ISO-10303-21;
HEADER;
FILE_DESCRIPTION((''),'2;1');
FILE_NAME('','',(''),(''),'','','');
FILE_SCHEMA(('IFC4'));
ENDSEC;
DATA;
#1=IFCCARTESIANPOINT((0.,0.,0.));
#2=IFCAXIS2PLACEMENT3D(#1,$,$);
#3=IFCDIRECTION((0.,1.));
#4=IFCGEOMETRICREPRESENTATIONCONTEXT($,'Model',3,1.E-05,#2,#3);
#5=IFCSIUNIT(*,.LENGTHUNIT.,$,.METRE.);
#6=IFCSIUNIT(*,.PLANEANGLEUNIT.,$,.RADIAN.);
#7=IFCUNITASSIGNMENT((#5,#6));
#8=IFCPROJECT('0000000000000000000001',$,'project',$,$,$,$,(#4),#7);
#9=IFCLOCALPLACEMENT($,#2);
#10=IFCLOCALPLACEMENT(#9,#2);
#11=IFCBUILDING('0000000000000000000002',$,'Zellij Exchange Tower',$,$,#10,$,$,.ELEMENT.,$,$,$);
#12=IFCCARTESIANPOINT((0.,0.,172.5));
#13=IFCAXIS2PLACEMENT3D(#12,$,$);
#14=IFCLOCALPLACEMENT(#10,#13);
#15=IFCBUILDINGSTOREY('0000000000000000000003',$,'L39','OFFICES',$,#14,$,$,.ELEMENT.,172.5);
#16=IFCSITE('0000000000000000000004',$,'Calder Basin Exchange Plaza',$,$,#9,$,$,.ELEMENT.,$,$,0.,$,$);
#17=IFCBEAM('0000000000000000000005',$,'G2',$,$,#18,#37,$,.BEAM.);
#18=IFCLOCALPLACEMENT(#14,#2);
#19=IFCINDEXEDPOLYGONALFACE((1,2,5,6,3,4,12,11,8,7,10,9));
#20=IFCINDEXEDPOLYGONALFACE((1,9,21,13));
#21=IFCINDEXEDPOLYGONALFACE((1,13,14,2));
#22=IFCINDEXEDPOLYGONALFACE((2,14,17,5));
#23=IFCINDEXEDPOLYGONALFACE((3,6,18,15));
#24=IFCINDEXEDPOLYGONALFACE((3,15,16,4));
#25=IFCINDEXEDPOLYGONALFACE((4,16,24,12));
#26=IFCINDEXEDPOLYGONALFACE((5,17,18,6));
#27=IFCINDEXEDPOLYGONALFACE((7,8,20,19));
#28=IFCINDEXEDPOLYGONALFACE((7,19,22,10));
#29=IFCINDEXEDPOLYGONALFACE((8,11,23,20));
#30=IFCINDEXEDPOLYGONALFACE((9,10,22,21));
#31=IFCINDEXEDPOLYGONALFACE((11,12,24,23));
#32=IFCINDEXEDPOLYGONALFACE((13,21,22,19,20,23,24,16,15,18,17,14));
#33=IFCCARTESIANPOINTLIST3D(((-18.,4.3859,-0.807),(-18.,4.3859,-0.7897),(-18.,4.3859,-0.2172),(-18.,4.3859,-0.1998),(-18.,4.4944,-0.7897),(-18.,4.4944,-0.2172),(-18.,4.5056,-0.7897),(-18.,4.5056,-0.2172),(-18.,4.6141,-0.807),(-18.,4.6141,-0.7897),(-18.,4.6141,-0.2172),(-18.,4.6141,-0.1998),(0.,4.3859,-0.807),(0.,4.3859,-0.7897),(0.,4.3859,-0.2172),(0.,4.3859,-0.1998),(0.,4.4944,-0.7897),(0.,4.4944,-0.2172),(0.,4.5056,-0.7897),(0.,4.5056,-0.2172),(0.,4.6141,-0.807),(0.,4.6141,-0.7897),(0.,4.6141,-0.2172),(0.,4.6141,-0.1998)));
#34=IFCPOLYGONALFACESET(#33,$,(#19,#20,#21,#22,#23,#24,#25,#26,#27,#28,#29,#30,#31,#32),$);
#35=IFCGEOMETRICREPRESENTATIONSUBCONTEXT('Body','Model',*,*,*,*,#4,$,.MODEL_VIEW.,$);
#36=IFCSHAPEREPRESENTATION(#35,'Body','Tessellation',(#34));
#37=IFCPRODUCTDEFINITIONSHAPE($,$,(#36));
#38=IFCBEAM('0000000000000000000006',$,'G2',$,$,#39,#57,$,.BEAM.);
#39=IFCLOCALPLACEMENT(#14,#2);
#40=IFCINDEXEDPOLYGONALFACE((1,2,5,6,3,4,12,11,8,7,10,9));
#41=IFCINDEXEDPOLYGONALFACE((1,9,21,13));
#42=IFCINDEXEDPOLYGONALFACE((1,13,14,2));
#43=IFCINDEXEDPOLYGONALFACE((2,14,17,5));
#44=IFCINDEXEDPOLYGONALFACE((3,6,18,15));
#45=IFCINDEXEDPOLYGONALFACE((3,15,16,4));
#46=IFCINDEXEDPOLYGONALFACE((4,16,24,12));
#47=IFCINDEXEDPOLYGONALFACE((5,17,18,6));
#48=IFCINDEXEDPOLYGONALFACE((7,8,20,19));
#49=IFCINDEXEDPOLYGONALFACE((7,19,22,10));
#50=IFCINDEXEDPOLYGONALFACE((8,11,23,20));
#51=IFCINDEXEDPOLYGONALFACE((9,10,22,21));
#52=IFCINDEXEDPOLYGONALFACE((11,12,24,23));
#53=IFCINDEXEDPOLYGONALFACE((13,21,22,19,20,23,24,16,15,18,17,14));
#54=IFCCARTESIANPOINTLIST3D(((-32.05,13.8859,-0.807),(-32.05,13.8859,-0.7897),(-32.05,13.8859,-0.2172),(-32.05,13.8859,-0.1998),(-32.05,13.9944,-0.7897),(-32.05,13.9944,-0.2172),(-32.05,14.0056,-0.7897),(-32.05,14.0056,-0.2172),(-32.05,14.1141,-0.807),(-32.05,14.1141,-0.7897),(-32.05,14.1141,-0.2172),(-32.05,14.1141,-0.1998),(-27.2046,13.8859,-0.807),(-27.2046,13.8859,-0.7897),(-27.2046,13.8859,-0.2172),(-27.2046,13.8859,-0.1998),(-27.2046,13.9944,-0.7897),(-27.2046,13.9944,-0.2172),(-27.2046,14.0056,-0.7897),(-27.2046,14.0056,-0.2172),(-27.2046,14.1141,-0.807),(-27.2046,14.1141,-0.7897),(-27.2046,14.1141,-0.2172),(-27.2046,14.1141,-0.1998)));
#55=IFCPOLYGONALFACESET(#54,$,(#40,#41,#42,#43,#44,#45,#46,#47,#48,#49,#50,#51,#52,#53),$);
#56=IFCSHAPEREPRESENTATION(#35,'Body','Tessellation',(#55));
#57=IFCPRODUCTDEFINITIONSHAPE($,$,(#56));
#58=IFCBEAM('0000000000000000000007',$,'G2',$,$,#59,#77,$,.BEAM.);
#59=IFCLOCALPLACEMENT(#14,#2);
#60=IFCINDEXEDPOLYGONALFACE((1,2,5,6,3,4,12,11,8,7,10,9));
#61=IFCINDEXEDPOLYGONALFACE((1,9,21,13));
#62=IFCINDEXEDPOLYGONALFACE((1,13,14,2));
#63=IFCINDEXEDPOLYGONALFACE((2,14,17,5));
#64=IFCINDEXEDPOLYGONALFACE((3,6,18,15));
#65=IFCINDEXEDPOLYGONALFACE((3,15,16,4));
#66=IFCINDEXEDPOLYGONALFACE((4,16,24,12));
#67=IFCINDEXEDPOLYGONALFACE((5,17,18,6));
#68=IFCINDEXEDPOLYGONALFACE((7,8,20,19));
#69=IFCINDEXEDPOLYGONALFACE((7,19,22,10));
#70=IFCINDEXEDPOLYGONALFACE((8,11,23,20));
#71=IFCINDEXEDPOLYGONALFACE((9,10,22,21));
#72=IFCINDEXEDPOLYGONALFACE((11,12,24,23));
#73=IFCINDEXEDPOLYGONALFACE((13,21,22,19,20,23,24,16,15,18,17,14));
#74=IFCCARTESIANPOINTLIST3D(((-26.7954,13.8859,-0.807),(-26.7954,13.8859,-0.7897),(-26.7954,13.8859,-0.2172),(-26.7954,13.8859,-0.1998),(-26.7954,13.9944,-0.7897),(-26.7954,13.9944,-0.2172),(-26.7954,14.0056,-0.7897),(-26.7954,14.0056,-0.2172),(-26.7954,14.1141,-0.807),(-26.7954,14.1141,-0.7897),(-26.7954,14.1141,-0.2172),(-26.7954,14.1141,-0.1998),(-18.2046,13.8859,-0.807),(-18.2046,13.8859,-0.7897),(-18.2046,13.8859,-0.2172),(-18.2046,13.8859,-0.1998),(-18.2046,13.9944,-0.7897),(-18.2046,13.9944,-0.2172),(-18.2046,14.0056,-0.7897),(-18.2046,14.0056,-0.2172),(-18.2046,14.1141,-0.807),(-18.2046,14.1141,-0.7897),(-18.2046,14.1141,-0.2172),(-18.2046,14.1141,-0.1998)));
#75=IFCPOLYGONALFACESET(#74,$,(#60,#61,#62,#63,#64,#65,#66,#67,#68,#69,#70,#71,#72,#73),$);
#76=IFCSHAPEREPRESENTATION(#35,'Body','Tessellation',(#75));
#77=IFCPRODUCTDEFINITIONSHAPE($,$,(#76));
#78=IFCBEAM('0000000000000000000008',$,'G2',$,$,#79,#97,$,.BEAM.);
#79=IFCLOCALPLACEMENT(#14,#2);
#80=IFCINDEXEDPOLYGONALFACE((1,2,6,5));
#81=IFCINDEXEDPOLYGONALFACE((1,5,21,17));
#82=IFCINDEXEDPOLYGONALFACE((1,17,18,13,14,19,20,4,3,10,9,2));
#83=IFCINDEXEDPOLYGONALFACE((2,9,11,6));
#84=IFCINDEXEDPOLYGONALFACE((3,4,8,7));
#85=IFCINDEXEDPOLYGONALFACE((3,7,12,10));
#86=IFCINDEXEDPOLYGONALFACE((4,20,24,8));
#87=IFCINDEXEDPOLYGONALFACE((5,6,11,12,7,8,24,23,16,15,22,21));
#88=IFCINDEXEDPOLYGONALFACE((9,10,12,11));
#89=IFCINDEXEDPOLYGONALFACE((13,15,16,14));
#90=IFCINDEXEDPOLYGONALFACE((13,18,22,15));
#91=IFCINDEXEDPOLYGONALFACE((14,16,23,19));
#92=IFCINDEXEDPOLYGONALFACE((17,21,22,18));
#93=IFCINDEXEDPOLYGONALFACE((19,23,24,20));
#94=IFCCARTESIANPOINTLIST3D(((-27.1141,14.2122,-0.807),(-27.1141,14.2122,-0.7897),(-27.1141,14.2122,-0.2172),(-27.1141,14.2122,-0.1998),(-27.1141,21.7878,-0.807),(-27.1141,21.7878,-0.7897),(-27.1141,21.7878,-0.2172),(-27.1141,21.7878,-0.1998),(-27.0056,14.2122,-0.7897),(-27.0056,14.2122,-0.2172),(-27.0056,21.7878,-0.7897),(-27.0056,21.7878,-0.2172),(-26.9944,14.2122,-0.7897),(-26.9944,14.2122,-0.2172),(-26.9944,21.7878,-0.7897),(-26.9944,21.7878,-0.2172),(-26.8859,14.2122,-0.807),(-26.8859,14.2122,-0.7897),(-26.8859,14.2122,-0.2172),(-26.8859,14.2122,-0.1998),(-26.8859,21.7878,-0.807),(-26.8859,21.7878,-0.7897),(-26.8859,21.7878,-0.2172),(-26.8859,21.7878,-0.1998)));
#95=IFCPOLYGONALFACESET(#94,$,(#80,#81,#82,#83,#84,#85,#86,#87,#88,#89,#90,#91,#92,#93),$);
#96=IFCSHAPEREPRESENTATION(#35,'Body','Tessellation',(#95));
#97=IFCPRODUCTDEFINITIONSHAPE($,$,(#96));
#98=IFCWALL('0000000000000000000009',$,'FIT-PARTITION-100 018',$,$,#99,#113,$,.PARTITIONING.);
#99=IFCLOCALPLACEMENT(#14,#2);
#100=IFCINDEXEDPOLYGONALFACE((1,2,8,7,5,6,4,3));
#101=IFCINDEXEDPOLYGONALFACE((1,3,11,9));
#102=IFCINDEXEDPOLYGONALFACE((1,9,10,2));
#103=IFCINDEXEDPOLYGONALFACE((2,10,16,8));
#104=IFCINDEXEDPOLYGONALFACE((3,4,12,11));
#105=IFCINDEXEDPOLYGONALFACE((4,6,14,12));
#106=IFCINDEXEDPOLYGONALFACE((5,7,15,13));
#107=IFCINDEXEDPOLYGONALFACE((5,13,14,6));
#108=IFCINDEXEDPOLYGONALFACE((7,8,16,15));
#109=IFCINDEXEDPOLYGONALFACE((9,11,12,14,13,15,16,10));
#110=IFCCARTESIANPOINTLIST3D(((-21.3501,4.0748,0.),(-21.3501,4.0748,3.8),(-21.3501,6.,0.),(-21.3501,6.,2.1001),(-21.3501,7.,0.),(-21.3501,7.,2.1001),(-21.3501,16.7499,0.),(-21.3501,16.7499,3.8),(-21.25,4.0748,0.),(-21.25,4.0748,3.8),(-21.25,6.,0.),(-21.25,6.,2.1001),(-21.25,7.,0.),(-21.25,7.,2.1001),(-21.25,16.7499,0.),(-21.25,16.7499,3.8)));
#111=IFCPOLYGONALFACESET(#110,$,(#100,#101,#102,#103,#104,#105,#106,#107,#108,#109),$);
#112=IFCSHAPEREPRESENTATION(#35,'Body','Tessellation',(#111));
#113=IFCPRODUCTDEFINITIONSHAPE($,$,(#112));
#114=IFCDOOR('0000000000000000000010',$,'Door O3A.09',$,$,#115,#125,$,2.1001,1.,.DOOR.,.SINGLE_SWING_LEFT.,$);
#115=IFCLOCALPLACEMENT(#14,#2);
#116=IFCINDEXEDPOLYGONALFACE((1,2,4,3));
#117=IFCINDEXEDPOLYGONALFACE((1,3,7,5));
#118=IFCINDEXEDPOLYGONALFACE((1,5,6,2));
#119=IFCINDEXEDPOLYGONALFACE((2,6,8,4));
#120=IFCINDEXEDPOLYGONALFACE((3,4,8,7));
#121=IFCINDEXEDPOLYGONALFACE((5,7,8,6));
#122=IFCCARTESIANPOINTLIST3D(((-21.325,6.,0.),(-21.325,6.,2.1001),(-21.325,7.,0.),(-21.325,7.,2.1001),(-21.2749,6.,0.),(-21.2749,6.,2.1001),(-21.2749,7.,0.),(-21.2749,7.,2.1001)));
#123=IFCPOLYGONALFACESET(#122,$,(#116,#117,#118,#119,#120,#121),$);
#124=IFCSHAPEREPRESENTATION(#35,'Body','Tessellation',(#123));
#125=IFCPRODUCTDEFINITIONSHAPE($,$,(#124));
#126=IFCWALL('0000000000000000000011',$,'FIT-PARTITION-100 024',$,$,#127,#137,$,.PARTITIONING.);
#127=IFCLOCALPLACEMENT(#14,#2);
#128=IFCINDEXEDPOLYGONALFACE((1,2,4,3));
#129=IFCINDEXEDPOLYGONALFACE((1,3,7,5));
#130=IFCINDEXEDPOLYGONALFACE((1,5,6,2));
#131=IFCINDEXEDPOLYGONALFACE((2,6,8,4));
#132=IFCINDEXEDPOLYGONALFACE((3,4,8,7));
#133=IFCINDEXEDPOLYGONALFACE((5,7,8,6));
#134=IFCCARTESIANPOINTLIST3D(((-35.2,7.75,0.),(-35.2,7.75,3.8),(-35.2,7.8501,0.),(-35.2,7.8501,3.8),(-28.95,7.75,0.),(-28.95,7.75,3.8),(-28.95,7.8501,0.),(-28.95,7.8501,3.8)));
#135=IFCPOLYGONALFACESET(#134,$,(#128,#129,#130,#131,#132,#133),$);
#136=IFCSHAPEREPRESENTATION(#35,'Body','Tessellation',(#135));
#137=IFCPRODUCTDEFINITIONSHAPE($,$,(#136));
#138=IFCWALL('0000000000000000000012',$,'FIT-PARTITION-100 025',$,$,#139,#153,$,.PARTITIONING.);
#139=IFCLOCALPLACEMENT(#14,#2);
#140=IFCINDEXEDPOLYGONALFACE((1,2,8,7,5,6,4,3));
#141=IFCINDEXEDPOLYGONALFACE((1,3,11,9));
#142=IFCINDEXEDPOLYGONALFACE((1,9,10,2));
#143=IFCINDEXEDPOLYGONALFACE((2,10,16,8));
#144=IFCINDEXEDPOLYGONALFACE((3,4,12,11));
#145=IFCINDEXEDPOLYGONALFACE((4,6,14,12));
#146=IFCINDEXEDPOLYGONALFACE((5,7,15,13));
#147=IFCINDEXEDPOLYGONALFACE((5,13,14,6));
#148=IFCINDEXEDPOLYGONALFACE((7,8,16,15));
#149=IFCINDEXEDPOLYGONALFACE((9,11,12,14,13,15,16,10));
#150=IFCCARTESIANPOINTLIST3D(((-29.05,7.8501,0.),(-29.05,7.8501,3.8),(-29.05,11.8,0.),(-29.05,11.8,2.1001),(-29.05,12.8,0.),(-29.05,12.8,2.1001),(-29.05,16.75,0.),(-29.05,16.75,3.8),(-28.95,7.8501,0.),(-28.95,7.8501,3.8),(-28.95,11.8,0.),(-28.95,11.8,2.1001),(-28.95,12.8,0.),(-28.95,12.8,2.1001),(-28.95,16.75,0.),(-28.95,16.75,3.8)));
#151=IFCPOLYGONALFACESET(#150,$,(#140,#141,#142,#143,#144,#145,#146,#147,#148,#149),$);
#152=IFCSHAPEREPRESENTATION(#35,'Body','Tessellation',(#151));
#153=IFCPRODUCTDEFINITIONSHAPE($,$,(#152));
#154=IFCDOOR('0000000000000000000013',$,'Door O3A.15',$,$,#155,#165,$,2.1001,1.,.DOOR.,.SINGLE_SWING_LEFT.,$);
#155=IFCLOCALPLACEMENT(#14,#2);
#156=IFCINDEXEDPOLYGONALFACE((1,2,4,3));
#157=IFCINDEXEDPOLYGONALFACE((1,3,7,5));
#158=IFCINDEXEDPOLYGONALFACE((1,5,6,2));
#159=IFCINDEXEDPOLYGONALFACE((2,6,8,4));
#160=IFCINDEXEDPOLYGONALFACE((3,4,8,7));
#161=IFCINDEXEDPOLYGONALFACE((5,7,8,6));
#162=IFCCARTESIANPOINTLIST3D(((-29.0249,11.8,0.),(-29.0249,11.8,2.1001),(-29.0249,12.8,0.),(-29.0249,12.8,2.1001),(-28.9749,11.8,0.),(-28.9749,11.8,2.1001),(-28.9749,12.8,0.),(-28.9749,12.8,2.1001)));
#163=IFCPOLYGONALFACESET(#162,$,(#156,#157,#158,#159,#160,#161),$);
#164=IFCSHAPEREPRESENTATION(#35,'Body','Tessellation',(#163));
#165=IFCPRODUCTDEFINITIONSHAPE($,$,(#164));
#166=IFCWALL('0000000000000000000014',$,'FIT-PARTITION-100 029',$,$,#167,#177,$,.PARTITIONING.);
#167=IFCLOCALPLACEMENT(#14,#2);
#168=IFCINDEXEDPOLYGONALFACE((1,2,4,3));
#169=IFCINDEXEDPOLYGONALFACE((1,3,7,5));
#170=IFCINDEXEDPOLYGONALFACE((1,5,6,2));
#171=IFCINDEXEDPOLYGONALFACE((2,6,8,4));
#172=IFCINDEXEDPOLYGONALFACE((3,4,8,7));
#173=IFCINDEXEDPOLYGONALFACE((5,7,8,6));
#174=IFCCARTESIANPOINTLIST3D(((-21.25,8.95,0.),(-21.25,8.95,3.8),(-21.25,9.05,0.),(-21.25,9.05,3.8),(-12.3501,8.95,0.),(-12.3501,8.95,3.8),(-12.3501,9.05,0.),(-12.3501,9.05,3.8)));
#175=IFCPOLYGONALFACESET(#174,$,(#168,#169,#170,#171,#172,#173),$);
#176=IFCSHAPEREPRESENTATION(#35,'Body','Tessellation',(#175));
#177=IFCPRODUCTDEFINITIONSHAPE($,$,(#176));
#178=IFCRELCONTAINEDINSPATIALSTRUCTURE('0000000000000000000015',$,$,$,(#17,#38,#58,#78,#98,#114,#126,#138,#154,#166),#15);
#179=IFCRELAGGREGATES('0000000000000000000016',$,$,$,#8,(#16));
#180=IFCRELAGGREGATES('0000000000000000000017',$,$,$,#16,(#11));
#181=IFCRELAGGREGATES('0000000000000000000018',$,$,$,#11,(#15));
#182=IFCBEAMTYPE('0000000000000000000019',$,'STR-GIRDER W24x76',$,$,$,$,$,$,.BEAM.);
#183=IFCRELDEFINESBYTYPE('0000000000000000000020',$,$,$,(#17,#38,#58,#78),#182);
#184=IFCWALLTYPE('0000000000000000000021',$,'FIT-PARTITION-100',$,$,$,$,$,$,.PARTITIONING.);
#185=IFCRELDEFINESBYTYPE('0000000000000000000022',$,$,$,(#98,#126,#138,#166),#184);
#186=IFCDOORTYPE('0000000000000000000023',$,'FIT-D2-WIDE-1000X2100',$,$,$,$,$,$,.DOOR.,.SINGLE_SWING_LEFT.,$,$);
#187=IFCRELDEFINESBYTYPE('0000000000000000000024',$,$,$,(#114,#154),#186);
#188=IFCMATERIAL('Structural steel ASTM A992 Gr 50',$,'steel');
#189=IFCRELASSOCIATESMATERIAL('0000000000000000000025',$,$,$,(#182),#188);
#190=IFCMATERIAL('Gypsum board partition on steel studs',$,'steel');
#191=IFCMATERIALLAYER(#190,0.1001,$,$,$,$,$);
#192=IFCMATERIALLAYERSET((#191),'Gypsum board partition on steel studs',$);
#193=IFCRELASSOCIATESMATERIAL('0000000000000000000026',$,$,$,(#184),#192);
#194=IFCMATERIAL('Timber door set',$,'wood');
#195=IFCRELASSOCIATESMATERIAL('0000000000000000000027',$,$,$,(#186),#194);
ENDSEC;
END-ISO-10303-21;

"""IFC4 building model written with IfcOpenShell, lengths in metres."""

from ifc_helpers import new_model, si_unit, direction, frame, frame_2d, origin, origin_2d, place, context, subcontext, project, spatial, rectangle, i_section, extrude, material, layer, layer_set, material_profile, profile_set, type_object, element, fill, save


model = new_model("IFC4")

# Units and contexts
model_context = context("Model", 3, precision=1e-05, world=origin(), true_north=direction((0.0, 1.0)))
body_context = subcontext(model_context, "Body", "Model", "MODEL_VIEW")
ifc_project = project(units=[si_unit("LENGTHUNIT", "METRE"), si_unit("PLANEANGLEUNIT", "RADIAN")], contexts=[model_context])

# Site, building, storey
site_placement = place(None, origin())
site = spatial("IfcSite", under=ifc_project, at=site_placement, Name="Calder Basin Exchange Plaza", CompositionType="ELEMENT", RefElevation=0.0)
building_placement = place(site_placement, origin())
building = spatial("IfcBuilding", under=site, at=building_placement, Name="Zellij Exchange Tower", CompositionType="ELEMENT")
storey_placement = place(building_placement, frame((0.0, 0.0, 172.5)))
storey = spatial("IfcBuildingStorey", under=building, at=storey_placement, Name="L39", Description="OFFICES", CompositionType="ELEMENT", Elevation=172.5)

# Beams
ifc_material_1 = material(Name="Structural steel ASTM A992 Gr 50", Category="steel")
ifc_material_profile_1 = material_profile(ifc_material_1, i_section(OverallWidth=0.2283, OverallDepth=0.6072, WebThickness=0.0112, FlangeThickness=0.0173, at=origin_2d()), Name="W24x76")
ifc_profile_set_1 = profile_set([ifc_material_profile_1], Name="Structural steel ASTM A992 Gr 50")
beam_type_1 = type_object("IfcBeamType", Name="STR-GIRDER W24x76", PredefinedType="BEAM", material=ifc_profile_set_1)
beam_1_placement = place(storey_placement, frame((-18.0, 4.5, -0.5034), z_axis=(1.0, 0.0, 0.0), x_axis=(0.0, 1.0, 0.0)))
element("IfcBeam", 1, at=beam_1_placement, inside=storey, type_object=beam_type_1, Name="G2", PredefinedType="BEAM", context=body_context, shape_type="SweptSolid", body=[
    extrude(i_section(OverallWidth=0.2283, OverallDepth=0.6072, WebThickness=0.0112, FlangeThickness=0.0173, at=origin_2d()), origin(), (0.0, 0.0, 1.0), 18.0),
])
beam_2_placement = place(storey_placement, frame((-32.05, 14.0, -0.5034), z_axis=(1.0, 0.0, 0.0), x_axis=(0.0, 1.0, 0.0)))
element("IfcBeam", 2, at=beam_2_placement, inside=storey, type_object=beam_type_1, Name="G2", PredefinedType="BEAM", context=body_context, shape_type="SweptSolid", body=[
    extrude(i_section(OverallWidth=0.2283, OverallDepth=0.6072, WebThickness=0.0112, FlangeThickness=0.0173, at=origin_2d()), origin(), (0.0, 0.0, 1.0), 4.8455),
])
beam_3_placement = place(storey_placement, frame((-26.7954, 14.0, -0.5034), z_axis=(1.0, 0.0, 0.0), x_axis=(0.0, 1.0, 0.0)))
element("IfcBeam", 3, at=beam_3_placement, inside=storey, type_object=beam_type_1, Name="G2", PredefinedType="BEAM", context=body_context, shape_type="SweptSolid", body=[
    extrude(i_section(OverallWidth=0.2283, OverallDepth=0.6072, WebThickness=0.0112, FlangeThickness=0.0173, at=origin_2d()), origin(), (0.0, 0.0, 1.0), 8.5908),
])
beam_4_placement = place(storey_placement, frame((-27.0, 14.2122, -0.5034), z_axis=(0.0, 1.0, 0.0), x_axis=(-1.0, 0.0, 0.0)))
element("IfcBeam", 4, at=beam_4_placement, inside=storey, type_object=beam_type_1, Name="G2", PredefinedType="BEAM", context=body_context, shape_type="SweptSolid", body=[
    extrude(i_section(OverallWidth=0.2283, OverallDepth=0.6072, WebThickness=0.0112, FlangeThickness=0.0173, at=origin_2d()), origin(), (0.0, 0.0, 1.0), 7.5757),
])

# Wall, opening, door
ifc_material_2 = material(Name="Gypsum board partition on steel studs", Category="steel")
ifc_layer_1 = layer(ifc_material_2, 0.1001)
ifc_layer_set_1 = layer_set([ifc_layer_1], Name="Gypsum board partition on steel studs")
wall_type = type_object("IfcWallType", Name="FIT-PARTITION-100", PredefinedType="PARTITIONING", material=ifc_layer_set_1)
wall_1_placement = place(storey_placement, frame((-21.3, 4.075, 0.0), z_axis=(0.0, 0.0, 1.0), x_axis=(0.0, 1.0, 0.0)))
wall_1 = element("IfcWall", 5, at=wall_1_placement, inside=storey, type_object=wall_type, Name="FIT-PARTITION-100 018", PredefinedType="PARTITIONING", context=body_context, shape_type="SweptSolid", body=[
    extrude(rectangle(XDim=12.675, YDim=0.1001, at=frame_2d((6.3374, 0.0))), origin(), (0.0, 0.0, 1.0), 3.8),
])
opening_1_placement = place(wall_1_placement, frame((1.925, 0.0, 0.0)))
opening_1 = element("IfcOpeningElement", 6, at=opening_1_placement, cuts=wall_1, PredefinedType="OPENING", context=body_context, shape_type="SweptSolid", body=[
    extrude(rectangle(XDim=1.0, YDim=2.1001, at=frame_2d((0.5, 1.05))), frame((0.0, 0.062, 0.0), z_axis=(0.0, -1.0, 0.0), x_axis=(1.0, 0.0, 0.0)), (0.0, 0.0, 1.0), 0.124),
])
ifc_material_3 = material(Name="Timber door set", Category="wood")
door_type = type_object("IfcDoorType", Name="FIT-D2-WIDE-1000X2100", OperationType="SINGLE_SWING_LEFT", PredefinedType="DOOR", material=ifc_material_3)
door_1_placement = place(opening_1_placement, origin())
door_1 = element("IfcDoor", 7, at=door_1_placement, inside=storey, type_object=door_type, Name="Door O3A.09", OperationType="SINGLE_SWING_LEFT", OverallHeight=2.1001, OverallWidth=1.0, PredefinedType="DOOR", context=body_context, shape_type="SweptSolid", body=[
    extrude(rectangle(XDim=1.0, YDim=2.1001, at=frame_2d((0.5, 1.05))), frame((0.0, 0.0249, 0.0), z_axis=(0.0, -1.0, 0.0), x_axis=(1.0, 0.0, 0.0)), (0.0, 0.0, 1.0), 0.05),
])
fill(opening_1, door_1)

# Wall
wall_2_placement = place(storey_placement, frame((-35.2, 7.8, 0.0), z_axis=(0.0, 0.0, 1.0), x_axis=(1.0, 0.0, 0.0)))
element("IfcWall", 8, at=wall_2_placement, inside=storey, type_object=wall_type, Name="FIT-PARTITION-100 024", PredefinedType="PARTITIONING", context=body_context, shape_type="SweptSolid", body=[
    extrude(rectangle(XDim=6.25, YDim=0.1001, at=frame_2d((3.125, 0.0))), origin(), (0.0, 0.0, 1.0), 3.8),
])

# Wall, opening, door
wall_3_placement = place(storey_placement, frame((-29.0, 7.8501, 0.0), z_axis=(0.0, 0.0, 1.0), x_axis=(0.0, 1.0, 0.0)))
wall_3 = element("IfcWall", 9, at=wall_3_placement, inside=storey, type_object=wall_type, Name="FIT-PARTITION-100 025", PredefinedType="PARTITIONING", context=body_context, shape_type="SweptSolid", body=[
    extrude(rectangle(XDim=8.8999, YDim=0.1001, at=frame_2d((4.45, 0.0))), origin(), (0.0, 0.0, 1.0), 3.8),
])
opening_2_placement = place(wall_3_placement, frame((3.95, 0.0, 0.0)))
opening_2 = element("IfcOpeningElement", 10, at=opening_2_placement, cuts=wall_3, PredefinedType="OPENING", context=body_context, shape_type="SweptSolid", body=[
    extrude(rectangle(XDim=1.0, YDim=2.1001, at=frame_2d((0.5, 1.05))), frame((0.0, 0.062, 0.0), z_axis=(0.0, -1.0, 0.0), x_axis=(1.0, 0.0, 0.0)), (0.0, 0.0, 1.0), 0.124),
])
door_2_placement = place(opening_2_placement, origin())
door_2 = element("IfcDoor", 11, at=door_2_placement, inside=storey, type_object=door_type, Name="Door O3A.15", OperationType="SINGLE_SWING_LEFT", OverallHeight=2.1001, OverallWidth=1.0, PredefinedType="DOOR", context=body_context, shape_type="SweptSolid", body=[
    extrude(rectangle(XDim=1.0, YDim=2.1001, at=frame_2d((0.5, 1.05))), frame((0.0, 0.0249, 0.0), z_axis=(0.0, -1.0, 0.0), x_axis=(1.0, 0.0, 0.0)), (0.0, 0.0, 1.0), 0.05),
])
fill(opening_2, door_2)

# Wall
wall_4_placement = place(storey_placement, frame((-21.25, 9.0, 0.0), z_axis=(0.0, 0.0, 1.0), x_axis=(1.0, 0.0, 0.0)))
element("IfcWall", 12, at=wall_4_placement, inside=storey, type_object=wall_type, Name="FIT-PARTITION-100 029", PredefinedType="PARTITIONING", context=body_context, shape_type="SweptSolid", body=[
    extrude(rectangle(XDim=8.8999, YDim=0.1001, at=frame_2d((4.45, 0.0))), origin(), (0.0, 0.0, 1.0), 3.8),
])

save(model, "model.ifc")
